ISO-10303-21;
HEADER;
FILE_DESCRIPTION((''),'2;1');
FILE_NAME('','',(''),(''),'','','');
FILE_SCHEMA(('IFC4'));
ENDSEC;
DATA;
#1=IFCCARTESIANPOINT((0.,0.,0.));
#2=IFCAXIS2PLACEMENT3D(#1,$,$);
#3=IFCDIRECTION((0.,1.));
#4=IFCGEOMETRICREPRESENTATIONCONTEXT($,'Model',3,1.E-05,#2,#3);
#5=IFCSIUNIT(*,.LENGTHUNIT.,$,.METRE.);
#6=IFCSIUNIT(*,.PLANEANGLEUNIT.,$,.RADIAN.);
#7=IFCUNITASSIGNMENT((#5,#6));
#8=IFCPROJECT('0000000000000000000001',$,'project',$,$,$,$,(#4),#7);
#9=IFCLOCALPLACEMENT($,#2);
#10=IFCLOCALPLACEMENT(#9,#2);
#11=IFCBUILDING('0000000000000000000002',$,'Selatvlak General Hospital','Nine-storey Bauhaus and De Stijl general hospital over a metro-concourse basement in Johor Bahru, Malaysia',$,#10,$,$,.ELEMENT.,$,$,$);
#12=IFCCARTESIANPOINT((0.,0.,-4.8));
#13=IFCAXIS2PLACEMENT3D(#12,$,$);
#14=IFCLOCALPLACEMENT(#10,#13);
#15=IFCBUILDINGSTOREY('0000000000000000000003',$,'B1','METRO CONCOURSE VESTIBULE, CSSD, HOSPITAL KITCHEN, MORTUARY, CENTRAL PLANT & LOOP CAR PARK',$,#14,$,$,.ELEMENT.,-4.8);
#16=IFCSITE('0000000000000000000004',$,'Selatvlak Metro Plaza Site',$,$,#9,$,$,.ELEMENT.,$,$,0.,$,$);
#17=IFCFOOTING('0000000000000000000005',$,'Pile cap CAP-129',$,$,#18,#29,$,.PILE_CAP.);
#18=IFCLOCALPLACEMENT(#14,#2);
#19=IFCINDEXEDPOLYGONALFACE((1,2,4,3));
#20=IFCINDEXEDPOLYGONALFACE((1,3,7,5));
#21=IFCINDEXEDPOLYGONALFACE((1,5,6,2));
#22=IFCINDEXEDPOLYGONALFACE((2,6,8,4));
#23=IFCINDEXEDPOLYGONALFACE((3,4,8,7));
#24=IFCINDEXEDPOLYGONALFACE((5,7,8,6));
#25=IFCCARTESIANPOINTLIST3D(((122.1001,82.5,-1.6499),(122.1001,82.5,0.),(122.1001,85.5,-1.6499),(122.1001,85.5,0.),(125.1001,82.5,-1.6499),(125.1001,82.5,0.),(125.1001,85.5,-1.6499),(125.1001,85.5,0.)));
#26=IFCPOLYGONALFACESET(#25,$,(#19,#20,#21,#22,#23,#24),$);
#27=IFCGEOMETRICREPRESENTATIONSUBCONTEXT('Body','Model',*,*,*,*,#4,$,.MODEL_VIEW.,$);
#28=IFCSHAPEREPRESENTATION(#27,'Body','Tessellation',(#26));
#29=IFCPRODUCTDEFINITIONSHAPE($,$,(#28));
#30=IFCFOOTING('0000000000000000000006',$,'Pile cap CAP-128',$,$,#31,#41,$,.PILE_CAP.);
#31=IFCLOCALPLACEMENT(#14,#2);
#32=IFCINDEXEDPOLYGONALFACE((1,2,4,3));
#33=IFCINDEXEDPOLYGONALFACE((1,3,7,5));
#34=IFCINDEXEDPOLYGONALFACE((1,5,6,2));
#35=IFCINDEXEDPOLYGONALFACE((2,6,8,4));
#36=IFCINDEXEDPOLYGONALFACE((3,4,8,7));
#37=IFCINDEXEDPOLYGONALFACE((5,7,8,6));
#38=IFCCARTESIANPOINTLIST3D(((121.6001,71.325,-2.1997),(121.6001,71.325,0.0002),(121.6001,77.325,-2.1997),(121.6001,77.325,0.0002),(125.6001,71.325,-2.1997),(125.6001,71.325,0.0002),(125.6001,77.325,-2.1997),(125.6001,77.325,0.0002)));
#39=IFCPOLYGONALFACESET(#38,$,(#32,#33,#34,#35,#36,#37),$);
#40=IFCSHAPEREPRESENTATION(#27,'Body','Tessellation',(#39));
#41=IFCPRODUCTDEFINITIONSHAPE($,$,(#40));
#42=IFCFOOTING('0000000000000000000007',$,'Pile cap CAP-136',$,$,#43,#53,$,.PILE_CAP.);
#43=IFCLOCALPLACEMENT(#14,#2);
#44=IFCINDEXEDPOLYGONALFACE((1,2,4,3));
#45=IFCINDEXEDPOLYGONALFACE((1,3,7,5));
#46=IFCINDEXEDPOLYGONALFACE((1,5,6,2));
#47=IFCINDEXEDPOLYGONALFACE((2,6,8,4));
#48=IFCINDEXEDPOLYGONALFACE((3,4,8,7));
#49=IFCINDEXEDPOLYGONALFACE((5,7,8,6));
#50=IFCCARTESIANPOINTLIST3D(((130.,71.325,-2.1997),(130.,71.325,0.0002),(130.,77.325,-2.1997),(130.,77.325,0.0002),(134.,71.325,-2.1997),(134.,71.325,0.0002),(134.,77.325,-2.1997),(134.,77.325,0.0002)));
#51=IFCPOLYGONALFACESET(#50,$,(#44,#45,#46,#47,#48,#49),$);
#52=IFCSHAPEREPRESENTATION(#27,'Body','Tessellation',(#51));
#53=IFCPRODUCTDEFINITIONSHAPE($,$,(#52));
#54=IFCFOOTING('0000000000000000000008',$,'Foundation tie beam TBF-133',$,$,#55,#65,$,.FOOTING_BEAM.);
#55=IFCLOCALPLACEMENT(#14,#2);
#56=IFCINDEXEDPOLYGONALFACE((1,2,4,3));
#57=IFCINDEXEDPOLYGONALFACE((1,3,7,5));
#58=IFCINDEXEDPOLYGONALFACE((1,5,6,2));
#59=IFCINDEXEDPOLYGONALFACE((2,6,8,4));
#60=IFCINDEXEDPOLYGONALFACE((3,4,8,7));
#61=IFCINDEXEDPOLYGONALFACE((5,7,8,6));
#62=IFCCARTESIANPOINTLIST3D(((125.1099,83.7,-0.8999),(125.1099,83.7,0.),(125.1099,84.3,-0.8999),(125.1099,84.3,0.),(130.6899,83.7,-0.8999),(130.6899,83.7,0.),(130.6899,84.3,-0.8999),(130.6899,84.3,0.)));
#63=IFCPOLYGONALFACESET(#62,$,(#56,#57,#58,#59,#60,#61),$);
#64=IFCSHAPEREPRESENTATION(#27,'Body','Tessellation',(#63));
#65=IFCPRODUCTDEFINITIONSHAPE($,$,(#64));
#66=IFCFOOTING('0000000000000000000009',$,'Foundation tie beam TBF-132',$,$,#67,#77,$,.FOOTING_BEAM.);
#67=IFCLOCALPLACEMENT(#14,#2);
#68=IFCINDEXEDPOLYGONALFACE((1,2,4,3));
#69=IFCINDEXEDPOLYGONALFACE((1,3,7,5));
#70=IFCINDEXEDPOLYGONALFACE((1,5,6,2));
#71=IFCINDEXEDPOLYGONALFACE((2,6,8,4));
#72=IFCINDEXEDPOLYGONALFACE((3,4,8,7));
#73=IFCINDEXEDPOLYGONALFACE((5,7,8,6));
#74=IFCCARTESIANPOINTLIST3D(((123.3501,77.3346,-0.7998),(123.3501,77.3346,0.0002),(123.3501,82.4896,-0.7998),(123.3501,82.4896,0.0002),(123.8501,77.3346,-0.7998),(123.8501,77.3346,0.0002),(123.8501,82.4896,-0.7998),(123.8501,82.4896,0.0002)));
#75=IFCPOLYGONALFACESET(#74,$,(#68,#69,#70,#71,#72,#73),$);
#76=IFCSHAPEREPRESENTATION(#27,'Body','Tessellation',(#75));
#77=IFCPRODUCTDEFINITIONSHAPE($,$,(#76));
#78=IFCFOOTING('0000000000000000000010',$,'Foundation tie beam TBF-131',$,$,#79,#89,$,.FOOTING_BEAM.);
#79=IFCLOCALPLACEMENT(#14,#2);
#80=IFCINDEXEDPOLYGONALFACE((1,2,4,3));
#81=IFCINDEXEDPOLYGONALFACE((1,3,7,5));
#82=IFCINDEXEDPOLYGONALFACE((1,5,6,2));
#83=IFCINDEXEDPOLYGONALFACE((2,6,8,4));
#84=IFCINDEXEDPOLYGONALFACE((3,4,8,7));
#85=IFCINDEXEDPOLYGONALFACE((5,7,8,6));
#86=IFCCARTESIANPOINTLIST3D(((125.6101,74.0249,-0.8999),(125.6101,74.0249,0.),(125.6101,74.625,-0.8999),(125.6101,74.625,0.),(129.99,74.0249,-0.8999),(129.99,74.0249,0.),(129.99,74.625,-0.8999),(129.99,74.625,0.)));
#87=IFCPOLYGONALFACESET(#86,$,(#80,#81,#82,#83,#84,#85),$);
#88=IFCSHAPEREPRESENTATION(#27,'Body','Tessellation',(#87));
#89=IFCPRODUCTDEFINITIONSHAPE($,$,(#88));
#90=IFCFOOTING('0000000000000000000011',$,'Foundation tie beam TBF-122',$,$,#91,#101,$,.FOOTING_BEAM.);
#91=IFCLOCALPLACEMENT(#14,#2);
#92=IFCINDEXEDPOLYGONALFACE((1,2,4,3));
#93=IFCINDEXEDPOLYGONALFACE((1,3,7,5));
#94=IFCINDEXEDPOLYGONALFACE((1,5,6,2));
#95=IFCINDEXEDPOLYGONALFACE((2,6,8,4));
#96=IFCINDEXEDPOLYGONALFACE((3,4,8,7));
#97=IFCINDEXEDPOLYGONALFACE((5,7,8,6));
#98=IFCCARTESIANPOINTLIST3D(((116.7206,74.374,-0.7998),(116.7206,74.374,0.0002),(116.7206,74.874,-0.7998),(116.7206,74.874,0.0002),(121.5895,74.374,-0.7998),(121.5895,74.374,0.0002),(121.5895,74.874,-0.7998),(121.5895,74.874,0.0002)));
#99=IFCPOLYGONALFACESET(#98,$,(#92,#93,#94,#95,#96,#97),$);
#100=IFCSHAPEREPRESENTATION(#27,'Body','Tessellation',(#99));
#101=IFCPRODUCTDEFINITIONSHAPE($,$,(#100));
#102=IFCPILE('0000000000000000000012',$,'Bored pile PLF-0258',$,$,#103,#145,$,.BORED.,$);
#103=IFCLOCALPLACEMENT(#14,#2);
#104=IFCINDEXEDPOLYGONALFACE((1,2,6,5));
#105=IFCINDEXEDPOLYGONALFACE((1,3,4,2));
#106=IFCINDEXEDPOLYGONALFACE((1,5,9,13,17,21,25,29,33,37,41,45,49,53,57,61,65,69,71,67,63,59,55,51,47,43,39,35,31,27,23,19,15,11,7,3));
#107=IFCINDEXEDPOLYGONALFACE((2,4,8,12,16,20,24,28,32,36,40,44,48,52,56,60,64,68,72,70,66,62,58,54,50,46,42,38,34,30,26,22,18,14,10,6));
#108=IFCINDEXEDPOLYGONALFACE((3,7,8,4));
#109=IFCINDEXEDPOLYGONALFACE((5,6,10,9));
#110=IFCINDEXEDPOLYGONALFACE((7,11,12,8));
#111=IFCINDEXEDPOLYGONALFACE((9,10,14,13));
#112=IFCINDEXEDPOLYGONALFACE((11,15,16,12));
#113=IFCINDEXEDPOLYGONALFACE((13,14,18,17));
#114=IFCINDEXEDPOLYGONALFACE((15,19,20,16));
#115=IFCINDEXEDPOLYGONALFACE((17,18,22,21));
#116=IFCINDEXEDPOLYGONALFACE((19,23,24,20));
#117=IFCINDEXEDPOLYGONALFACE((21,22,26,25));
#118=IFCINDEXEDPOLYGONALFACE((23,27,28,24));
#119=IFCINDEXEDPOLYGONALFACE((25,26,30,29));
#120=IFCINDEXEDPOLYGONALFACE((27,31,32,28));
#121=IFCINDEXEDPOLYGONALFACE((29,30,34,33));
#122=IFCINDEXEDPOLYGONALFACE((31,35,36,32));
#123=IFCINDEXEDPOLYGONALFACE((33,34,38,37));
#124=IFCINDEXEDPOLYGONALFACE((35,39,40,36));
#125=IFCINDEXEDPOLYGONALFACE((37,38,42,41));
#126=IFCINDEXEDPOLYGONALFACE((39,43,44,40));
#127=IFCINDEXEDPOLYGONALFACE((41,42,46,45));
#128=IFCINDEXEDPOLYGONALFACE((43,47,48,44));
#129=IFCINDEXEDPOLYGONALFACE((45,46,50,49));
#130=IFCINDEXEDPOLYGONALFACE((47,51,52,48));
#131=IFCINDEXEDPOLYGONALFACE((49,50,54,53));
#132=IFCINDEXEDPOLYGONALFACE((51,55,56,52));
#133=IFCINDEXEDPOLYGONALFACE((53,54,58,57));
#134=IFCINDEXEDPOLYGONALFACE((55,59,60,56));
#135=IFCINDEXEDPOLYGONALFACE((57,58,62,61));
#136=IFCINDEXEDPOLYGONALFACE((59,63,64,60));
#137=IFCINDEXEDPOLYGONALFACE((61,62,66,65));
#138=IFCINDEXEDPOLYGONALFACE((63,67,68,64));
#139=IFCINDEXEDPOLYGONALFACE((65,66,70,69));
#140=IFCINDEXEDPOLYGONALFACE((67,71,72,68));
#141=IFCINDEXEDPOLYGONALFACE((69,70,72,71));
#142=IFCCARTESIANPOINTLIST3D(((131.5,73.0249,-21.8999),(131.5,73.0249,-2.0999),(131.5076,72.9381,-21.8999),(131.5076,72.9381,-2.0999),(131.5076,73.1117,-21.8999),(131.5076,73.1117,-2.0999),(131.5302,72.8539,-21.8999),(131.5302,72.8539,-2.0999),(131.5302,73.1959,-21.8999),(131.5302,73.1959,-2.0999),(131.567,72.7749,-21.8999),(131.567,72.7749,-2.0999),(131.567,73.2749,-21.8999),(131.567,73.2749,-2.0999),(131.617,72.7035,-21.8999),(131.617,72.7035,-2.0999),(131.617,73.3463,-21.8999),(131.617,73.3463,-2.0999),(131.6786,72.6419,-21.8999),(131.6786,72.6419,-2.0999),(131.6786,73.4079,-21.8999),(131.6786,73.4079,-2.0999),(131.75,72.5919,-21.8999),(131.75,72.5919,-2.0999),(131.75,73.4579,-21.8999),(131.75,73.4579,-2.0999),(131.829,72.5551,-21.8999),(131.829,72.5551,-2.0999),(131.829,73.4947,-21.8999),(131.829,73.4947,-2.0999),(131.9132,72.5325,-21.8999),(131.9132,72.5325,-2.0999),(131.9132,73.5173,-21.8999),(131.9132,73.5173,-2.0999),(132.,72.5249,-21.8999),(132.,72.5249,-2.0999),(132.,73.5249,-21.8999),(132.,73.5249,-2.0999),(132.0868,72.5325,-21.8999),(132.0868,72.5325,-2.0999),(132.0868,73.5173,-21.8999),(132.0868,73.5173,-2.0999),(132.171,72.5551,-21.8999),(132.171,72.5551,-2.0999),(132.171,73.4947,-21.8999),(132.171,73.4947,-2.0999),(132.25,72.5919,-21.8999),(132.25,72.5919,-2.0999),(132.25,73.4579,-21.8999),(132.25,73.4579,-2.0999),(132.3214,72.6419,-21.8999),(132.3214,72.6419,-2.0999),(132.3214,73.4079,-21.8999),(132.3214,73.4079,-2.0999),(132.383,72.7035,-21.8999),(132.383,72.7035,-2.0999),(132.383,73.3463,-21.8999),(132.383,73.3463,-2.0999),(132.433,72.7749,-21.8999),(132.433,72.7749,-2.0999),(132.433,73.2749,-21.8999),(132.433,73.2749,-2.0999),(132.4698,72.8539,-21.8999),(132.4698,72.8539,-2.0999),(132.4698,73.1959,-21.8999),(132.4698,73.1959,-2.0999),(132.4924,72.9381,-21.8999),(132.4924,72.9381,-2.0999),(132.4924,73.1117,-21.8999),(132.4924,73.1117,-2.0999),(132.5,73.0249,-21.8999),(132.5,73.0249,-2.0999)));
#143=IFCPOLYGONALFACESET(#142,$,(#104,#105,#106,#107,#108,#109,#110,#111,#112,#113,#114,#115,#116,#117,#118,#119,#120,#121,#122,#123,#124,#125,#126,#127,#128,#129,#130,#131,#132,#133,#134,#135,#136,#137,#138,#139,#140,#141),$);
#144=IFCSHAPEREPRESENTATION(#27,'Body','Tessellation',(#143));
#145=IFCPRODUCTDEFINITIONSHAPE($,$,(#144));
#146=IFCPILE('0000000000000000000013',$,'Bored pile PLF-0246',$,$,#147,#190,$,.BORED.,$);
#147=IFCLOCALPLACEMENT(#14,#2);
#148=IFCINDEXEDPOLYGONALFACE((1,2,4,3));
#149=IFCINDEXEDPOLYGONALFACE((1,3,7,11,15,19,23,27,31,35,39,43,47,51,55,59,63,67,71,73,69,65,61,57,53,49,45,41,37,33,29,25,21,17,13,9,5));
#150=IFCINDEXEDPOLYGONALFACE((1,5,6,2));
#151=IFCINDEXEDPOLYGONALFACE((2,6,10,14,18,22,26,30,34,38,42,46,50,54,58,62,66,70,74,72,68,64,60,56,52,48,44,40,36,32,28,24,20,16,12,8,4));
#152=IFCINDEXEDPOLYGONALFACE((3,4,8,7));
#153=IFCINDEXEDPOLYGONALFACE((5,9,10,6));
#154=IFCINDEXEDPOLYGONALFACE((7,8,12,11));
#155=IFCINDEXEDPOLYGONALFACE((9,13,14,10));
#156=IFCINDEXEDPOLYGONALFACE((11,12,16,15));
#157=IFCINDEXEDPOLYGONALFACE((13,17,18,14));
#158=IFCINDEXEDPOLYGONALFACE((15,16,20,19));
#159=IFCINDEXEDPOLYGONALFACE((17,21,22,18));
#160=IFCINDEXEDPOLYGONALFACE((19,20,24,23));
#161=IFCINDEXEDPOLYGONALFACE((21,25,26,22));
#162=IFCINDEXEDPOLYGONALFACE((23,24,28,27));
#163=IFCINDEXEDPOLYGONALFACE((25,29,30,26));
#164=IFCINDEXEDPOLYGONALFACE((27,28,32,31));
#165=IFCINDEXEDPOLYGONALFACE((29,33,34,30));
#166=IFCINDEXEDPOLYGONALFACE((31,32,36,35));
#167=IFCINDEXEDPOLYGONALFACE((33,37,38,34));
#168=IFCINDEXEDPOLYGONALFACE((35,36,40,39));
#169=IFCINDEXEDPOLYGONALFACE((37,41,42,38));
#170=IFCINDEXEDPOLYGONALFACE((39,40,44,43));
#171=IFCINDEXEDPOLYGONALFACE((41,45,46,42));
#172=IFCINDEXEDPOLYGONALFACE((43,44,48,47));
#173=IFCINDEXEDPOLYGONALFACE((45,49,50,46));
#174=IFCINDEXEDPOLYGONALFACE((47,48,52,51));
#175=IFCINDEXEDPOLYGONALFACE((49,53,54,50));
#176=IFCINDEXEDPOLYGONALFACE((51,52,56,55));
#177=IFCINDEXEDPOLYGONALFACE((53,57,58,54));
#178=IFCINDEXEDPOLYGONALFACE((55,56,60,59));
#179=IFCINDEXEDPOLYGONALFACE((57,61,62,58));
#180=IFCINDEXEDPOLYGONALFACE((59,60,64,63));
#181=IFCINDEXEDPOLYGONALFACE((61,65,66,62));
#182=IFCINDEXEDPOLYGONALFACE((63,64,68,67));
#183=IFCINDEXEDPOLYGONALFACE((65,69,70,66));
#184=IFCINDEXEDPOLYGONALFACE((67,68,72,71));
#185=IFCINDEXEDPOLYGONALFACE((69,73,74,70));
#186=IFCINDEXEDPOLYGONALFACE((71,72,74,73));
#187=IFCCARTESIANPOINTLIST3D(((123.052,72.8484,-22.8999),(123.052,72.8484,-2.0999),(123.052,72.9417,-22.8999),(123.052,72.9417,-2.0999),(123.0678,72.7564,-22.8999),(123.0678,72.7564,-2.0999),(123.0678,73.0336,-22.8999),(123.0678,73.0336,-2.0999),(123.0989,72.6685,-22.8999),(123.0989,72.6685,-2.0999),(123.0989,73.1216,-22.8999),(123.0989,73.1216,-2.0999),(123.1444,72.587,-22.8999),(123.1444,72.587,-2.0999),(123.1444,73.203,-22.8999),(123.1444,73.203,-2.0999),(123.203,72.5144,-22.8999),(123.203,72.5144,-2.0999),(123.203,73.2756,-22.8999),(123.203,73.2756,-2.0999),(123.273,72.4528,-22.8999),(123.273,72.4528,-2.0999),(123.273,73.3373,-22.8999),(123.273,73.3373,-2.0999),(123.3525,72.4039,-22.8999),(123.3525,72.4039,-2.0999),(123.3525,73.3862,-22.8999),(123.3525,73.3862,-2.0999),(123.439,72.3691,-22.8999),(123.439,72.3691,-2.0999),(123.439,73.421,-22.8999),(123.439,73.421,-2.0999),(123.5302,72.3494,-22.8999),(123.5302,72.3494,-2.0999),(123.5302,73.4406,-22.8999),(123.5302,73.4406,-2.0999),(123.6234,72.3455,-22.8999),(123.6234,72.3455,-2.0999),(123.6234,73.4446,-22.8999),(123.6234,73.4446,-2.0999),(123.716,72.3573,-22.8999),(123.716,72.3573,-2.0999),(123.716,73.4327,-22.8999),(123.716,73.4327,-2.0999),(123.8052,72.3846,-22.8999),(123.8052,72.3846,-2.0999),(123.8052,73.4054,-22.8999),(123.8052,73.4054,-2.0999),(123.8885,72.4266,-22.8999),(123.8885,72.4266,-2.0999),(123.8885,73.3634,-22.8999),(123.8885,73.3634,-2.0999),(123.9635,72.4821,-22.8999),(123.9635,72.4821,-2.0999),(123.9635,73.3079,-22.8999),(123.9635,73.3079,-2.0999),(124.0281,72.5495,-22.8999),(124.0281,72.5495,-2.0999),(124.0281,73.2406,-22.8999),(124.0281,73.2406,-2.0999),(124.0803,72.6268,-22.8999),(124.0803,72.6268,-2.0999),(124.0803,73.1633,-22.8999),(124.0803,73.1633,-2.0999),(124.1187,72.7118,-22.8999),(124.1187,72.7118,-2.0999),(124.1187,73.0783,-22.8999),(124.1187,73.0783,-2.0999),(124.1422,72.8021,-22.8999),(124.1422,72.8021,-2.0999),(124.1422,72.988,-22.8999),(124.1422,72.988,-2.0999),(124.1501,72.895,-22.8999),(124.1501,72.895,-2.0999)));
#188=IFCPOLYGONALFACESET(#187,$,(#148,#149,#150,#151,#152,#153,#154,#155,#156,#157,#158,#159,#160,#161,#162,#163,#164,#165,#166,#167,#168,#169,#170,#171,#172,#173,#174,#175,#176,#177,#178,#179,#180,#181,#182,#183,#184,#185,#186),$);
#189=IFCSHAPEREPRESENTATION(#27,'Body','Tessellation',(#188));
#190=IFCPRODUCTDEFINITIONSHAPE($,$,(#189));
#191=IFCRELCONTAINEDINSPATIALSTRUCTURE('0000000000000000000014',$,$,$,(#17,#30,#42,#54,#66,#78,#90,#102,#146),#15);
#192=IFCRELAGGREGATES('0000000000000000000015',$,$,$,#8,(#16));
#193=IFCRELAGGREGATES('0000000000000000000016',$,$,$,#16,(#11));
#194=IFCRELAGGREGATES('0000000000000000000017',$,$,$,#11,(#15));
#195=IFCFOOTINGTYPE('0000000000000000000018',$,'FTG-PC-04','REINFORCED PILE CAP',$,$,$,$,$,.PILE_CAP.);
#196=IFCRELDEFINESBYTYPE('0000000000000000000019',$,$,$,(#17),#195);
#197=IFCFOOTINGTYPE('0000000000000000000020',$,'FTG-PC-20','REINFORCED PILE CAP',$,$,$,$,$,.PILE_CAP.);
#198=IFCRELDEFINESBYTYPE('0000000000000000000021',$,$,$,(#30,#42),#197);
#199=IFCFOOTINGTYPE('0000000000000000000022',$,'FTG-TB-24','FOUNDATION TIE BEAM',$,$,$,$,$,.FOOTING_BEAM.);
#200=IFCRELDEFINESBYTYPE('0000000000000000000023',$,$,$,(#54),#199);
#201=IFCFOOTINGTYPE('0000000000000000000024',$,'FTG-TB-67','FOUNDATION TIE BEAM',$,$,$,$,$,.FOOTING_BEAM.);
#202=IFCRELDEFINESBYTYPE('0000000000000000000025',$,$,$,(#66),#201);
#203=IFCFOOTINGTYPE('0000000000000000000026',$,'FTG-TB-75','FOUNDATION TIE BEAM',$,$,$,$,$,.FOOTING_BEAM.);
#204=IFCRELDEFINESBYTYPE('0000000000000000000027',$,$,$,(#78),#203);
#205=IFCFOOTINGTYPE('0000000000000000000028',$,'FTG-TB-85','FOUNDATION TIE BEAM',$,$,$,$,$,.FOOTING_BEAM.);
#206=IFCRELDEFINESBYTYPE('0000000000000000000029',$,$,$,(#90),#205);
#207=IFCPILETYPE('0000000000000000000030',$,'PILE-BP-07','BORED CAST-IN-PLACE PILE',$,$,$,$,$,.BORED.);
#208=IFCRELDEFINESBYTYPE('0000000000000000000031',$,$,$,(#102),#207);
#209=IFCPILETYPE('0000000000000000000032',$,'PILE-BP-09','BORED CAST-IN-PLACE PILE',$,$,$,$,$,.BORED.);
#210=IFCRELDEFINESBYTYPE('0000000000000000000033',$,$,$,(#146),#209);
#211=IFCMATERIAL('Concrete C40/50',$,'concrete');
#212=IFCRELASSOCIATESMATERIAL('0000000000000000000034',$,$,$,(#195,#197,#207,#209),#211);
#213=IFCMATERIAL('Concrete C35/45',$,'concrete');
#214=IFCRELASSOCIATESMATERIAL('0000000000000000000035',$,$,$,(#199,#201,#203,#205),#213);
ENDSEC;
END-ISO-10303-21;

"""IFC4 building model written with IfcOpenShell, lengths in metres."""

from ifc_helpers import new_model, si_unit, direction, frame, origin, origin_2d, place, context, subcontext, project, spatial, rectangle, circle, extrude, material, material_profile, profile_set, type_object, element, save


model = new_model("IFC4")

# Units and contexts
model_context = context("Model", 3, precision=1e-05, world=origin(), true_north=direction((0.0, 1.0)))
body_context = subcontext(model_context, "Body", "Model", "MODEL_VIEW")
ifc_project = project(units=[si_unit("LENGTHUNIT", "METRE"), si_unit("PLANEANGLEUNIT", "RADIAN")], contexts=[model_context])

# Site, building, storey
site_placement = place(None, origin())
site = spatial("IfcSite", under=ifc_project, at=site_placement, Name="Selatvlak Metro Plaza Site", CompositionType="ELEMENT", RefElevation=0.0)
building_placement = place(site_placement, origin())
building = spatial("IfcBuilding", under=site, at=building_placement, Name="Selatvlak General Hospital", Description="Nine-storey Bauhaus and De Stijl general hospital over a metro-concourse basement in Johor Bahru, Malaysia", CompositionType="ELEMENT")
storey_placement = place(building_placement, frame((0.0, 0.0, -4.8)))
storey = spatial("IfcBuildingStorey", under=building, at=storey_placement, Name="B1", Description="METRO CONCOURSE VESTIBULE, CSSD, HOSPITAL KITCHEN, MORTUARY, CENTRAL PLANT & LOOP CAR PARK", CompositionType="ELEMENT", Elevation=-4.8)

# Footings
ifc_material_1 = material(Name="Concrete C40/50", Category="concrete")
footing_type_1 = type_object("IfcFootingType", Name="FTG-PC-04", Description="REINFORCED PILE CAP", PredefinedType="PILE_CAP", material=ifc_material_1)
footing_1_placement = place(storey_placement, frame((123.6001, 84.0, -1.6499), z_axis=(0.0, 0.0, 1.0), x_axis=(1.0, 0.0, 0.0)))
element("IfcFooting", 1, at=footing_1_placement, inside=storey, type_object=footing_type_1, Name="Pile cap CAP-129", PredefinedType="PILE_CAP", context=body_context, shape_type="SweptSolid", body=[
    extrude(rectangle(XDim=3.0, YDim=3.0, at=origin_2d()), origin(), (0.0, 0.0, 1.0), 1.6499),
])
footing_type_2 = type_object("IfcFootingType", Name="FTG-PC-20", Description="REINFORCED PILE CAP", PredefinedType="PILE_CAP", material=ifc_material_1)
for number, where, z_axis, x_axis, name in (
    (2, (123.6001, 74.325, -2.1997), (0.0, 0.0, 1.0), (1.0, 0.0, 0.0), "Pile cap CAP-128"),
    (3, (132.0, 74.325, -2.1997), (0.0, 0.0, 1.0), (1.0, 0.0, 0.0), "Pile cap CAP-136"),
):
    element("IfcFooting", number, at=place(storey_placement, frame(where, z_axis=z_axis, x_axis=x_axis)), inside=storey, type_object=footing_type_2, Name=name, PredefinedType="PILE_CAP", context=body_context, shape_type="SweptSolid", body=[
        extrude(rectangle(XDim=4.0, YDim=6.0, at=origin_2d()), origin(), (0.0, 0.0, 1.0), 2.2),
    ])
ifc_material_2 = material(Name="Concrete C35/45", Category="concrete")
footing_type_3 = type_object("IfcFootingType", Name="FTG-TB-24", Description="FOUNDATION TIE BEAM", PredefinedType="FOOTING_BEAM", material=ifc_material_2)
footing_2_placement = place(storey_placement, frame((127.8999, 84.0, -0.8999), z_axis=(0.0, 0.0, 1.0), x_axis=(1.0, 0.0, 0.0)))
element("IfcFooting", 4, at=footing_2_placement, inside=storey, type_object=footing_type_3, Name="Foundation tie beam TBF-133", PredefinedType="FOOTING_BEAM", context=body_context, shape_type="SweptSolid", body=[
    extrude(rectangle(XDim=5.5801, YDim=0.6001, at=origin_2d()), origin(), (0.0, 0.0, 1.0), 0.8999),
])
footing_type_4 = type_object("IfcFootingType", Name="FTG-TB-67", Description="FOUNDATION TIE BEAM", PredefinedType="FOOTING_BEAM", material=ifc_material_2)
footing_3_placement = place(storey_placement, frame((123.6001, 79.9121, -0.7998), z_axis=(0.0, 0.0, 1.0), x_axis=(0.0, 1.0, 0.0)))
element("IfcFooting", 5, at=footing_3_placement, inside=storey, type_object=footing_type_4, Name="Foundation tie beam TBF-132", PredefinedType="FOOTING_BEAM", context=body_context, shape_type="SweptSolid", body=[
    extrude(rectangle(XDim=5.155, YDim=0.5, at=origin_2d()), origin(), (0.0, 0.0, 1.0), 0.8),
])
footing_type_5 = type_object("IfcFootingType", Name="FTG-TB-75", Description="FOUNDATION TIE BEAM", PredefinedType="FOOTING_BEAM", material=ifc_material_2)
footing_4_placement = place(storey_placement, frame((127.8, 74.325, -0.8999), z_axis=(0.0, 0.0, 1.0), x_axis=(1.0, 0.0, 0.0)))
element("IfcFooting", 6, at=footing_4_placement, inside=storey, type_object=footing_type_5, Name="Foundation tie beam TBF-131", PredefinedType="FOOTING_BEAM", context=body_context, shape_type="SweptSolid", body=[
    extrude(rectangle(XDim=4.3799, YDim=0.6001, at=origin_2d()), origin(), (0.0, 0.0, 1.0), 0.8999),
])
footing_type_6 = type_object("IfcFootingType", Name="FTG-TB-85", Description="FOUNDATION TIE BEAM", PredefinedType="FOOTING_BEAM", material=ifc_material_2)
footing_5_placement = place(storey_placement, frame((119.155, 74.624, -0.7998), z_axis=(0.0, 0.0, 1.0), x_axis=(1.0, 0.0, 0.0)))
element("IfcFooting", 7, at=footing_5_placement, inside=storey, type_object=footing_type_6, Name="Foundation tie beam TBF-122", PredefinedType="FOOTING_BEAM", context=body_context, shape_type="SweptSolid", body=[
    extrude(rectangle(XDim=4.8689, YDim=0.5, at=origin_2d()), origin(), (0.0, 0.0, 1.0), 0.8),
])

# Piles
ifc_material_profile_1 = material_profile(ifc_material_1, circle(Radius=0.5, at=origin_2d()), Name="BORED PILE 1000")
ifc_profile_set_1 = profile_set([ifc_material_profile_1], Name="Concrete C40/50")
pile_type_1 = type_object("IfcPileType", Name="PILE-BP-07", Description="BORED CAST-IN-PLACE PILE", PredefinedType="BORED", material=ifc_profile_set_1)
pile_1_placement = place(storey_placement, frame((132.0, 73.0249, -2.0999), z_axis=(0.0, 0.0, -1.0), x_axis=(1.0, 0.0, 0.0)))
element("IfcPile", 8, at=pile_1_placement, inside=storey, type_object=pile_type_1, Name="Bored pile PLF-0258", PredefinedType="BORED", context=body_context, shape_type="SweptSolid", body=[
    extrude(circle(Radius=0.5, at=origin_2d()), origin(), (0.0, 0.0, 1.0), 19.8),
])
ifc_material_profile_2 = material_profile(ifc_material_1, circle(Radius=0.55, at=origin_2d()), Name="BORED PILE 1100")
ifc_profile_set_2 = profile_set([ifc_material_profile_2], Name="Concrete C40/50")
pile_type_2 = type_object("IfcPileType", Name="PILE-BP-09", Description="BORED CAST-IN-PLACE PILE", PredefinedType="BORED", material=ifc_profile_set_2)
for number, where, z_axis, x_axis, name in (
    (9, (123.6001, 72.895, -2.0999), (0.0, 0.0, -1.0), (1.0, 0.0, 0.0), "Bored pile PLF-0246"),
):
    element("IfcPile", number, at=place(storey_placement, frame(where, z_axis=z_axis, x_axis=x_axis)), inside=storey, type_object=pile_type_2, Name=name, PredefinedType="BORED", context=body_context, shape_type="SweptSolid", body=[
        extrude(circle(Radius=0.55, at=origin_2d()), origin(), (0.0, 0.0, 1.0), 20.8),
    ])

save(model, "model.ifc")
